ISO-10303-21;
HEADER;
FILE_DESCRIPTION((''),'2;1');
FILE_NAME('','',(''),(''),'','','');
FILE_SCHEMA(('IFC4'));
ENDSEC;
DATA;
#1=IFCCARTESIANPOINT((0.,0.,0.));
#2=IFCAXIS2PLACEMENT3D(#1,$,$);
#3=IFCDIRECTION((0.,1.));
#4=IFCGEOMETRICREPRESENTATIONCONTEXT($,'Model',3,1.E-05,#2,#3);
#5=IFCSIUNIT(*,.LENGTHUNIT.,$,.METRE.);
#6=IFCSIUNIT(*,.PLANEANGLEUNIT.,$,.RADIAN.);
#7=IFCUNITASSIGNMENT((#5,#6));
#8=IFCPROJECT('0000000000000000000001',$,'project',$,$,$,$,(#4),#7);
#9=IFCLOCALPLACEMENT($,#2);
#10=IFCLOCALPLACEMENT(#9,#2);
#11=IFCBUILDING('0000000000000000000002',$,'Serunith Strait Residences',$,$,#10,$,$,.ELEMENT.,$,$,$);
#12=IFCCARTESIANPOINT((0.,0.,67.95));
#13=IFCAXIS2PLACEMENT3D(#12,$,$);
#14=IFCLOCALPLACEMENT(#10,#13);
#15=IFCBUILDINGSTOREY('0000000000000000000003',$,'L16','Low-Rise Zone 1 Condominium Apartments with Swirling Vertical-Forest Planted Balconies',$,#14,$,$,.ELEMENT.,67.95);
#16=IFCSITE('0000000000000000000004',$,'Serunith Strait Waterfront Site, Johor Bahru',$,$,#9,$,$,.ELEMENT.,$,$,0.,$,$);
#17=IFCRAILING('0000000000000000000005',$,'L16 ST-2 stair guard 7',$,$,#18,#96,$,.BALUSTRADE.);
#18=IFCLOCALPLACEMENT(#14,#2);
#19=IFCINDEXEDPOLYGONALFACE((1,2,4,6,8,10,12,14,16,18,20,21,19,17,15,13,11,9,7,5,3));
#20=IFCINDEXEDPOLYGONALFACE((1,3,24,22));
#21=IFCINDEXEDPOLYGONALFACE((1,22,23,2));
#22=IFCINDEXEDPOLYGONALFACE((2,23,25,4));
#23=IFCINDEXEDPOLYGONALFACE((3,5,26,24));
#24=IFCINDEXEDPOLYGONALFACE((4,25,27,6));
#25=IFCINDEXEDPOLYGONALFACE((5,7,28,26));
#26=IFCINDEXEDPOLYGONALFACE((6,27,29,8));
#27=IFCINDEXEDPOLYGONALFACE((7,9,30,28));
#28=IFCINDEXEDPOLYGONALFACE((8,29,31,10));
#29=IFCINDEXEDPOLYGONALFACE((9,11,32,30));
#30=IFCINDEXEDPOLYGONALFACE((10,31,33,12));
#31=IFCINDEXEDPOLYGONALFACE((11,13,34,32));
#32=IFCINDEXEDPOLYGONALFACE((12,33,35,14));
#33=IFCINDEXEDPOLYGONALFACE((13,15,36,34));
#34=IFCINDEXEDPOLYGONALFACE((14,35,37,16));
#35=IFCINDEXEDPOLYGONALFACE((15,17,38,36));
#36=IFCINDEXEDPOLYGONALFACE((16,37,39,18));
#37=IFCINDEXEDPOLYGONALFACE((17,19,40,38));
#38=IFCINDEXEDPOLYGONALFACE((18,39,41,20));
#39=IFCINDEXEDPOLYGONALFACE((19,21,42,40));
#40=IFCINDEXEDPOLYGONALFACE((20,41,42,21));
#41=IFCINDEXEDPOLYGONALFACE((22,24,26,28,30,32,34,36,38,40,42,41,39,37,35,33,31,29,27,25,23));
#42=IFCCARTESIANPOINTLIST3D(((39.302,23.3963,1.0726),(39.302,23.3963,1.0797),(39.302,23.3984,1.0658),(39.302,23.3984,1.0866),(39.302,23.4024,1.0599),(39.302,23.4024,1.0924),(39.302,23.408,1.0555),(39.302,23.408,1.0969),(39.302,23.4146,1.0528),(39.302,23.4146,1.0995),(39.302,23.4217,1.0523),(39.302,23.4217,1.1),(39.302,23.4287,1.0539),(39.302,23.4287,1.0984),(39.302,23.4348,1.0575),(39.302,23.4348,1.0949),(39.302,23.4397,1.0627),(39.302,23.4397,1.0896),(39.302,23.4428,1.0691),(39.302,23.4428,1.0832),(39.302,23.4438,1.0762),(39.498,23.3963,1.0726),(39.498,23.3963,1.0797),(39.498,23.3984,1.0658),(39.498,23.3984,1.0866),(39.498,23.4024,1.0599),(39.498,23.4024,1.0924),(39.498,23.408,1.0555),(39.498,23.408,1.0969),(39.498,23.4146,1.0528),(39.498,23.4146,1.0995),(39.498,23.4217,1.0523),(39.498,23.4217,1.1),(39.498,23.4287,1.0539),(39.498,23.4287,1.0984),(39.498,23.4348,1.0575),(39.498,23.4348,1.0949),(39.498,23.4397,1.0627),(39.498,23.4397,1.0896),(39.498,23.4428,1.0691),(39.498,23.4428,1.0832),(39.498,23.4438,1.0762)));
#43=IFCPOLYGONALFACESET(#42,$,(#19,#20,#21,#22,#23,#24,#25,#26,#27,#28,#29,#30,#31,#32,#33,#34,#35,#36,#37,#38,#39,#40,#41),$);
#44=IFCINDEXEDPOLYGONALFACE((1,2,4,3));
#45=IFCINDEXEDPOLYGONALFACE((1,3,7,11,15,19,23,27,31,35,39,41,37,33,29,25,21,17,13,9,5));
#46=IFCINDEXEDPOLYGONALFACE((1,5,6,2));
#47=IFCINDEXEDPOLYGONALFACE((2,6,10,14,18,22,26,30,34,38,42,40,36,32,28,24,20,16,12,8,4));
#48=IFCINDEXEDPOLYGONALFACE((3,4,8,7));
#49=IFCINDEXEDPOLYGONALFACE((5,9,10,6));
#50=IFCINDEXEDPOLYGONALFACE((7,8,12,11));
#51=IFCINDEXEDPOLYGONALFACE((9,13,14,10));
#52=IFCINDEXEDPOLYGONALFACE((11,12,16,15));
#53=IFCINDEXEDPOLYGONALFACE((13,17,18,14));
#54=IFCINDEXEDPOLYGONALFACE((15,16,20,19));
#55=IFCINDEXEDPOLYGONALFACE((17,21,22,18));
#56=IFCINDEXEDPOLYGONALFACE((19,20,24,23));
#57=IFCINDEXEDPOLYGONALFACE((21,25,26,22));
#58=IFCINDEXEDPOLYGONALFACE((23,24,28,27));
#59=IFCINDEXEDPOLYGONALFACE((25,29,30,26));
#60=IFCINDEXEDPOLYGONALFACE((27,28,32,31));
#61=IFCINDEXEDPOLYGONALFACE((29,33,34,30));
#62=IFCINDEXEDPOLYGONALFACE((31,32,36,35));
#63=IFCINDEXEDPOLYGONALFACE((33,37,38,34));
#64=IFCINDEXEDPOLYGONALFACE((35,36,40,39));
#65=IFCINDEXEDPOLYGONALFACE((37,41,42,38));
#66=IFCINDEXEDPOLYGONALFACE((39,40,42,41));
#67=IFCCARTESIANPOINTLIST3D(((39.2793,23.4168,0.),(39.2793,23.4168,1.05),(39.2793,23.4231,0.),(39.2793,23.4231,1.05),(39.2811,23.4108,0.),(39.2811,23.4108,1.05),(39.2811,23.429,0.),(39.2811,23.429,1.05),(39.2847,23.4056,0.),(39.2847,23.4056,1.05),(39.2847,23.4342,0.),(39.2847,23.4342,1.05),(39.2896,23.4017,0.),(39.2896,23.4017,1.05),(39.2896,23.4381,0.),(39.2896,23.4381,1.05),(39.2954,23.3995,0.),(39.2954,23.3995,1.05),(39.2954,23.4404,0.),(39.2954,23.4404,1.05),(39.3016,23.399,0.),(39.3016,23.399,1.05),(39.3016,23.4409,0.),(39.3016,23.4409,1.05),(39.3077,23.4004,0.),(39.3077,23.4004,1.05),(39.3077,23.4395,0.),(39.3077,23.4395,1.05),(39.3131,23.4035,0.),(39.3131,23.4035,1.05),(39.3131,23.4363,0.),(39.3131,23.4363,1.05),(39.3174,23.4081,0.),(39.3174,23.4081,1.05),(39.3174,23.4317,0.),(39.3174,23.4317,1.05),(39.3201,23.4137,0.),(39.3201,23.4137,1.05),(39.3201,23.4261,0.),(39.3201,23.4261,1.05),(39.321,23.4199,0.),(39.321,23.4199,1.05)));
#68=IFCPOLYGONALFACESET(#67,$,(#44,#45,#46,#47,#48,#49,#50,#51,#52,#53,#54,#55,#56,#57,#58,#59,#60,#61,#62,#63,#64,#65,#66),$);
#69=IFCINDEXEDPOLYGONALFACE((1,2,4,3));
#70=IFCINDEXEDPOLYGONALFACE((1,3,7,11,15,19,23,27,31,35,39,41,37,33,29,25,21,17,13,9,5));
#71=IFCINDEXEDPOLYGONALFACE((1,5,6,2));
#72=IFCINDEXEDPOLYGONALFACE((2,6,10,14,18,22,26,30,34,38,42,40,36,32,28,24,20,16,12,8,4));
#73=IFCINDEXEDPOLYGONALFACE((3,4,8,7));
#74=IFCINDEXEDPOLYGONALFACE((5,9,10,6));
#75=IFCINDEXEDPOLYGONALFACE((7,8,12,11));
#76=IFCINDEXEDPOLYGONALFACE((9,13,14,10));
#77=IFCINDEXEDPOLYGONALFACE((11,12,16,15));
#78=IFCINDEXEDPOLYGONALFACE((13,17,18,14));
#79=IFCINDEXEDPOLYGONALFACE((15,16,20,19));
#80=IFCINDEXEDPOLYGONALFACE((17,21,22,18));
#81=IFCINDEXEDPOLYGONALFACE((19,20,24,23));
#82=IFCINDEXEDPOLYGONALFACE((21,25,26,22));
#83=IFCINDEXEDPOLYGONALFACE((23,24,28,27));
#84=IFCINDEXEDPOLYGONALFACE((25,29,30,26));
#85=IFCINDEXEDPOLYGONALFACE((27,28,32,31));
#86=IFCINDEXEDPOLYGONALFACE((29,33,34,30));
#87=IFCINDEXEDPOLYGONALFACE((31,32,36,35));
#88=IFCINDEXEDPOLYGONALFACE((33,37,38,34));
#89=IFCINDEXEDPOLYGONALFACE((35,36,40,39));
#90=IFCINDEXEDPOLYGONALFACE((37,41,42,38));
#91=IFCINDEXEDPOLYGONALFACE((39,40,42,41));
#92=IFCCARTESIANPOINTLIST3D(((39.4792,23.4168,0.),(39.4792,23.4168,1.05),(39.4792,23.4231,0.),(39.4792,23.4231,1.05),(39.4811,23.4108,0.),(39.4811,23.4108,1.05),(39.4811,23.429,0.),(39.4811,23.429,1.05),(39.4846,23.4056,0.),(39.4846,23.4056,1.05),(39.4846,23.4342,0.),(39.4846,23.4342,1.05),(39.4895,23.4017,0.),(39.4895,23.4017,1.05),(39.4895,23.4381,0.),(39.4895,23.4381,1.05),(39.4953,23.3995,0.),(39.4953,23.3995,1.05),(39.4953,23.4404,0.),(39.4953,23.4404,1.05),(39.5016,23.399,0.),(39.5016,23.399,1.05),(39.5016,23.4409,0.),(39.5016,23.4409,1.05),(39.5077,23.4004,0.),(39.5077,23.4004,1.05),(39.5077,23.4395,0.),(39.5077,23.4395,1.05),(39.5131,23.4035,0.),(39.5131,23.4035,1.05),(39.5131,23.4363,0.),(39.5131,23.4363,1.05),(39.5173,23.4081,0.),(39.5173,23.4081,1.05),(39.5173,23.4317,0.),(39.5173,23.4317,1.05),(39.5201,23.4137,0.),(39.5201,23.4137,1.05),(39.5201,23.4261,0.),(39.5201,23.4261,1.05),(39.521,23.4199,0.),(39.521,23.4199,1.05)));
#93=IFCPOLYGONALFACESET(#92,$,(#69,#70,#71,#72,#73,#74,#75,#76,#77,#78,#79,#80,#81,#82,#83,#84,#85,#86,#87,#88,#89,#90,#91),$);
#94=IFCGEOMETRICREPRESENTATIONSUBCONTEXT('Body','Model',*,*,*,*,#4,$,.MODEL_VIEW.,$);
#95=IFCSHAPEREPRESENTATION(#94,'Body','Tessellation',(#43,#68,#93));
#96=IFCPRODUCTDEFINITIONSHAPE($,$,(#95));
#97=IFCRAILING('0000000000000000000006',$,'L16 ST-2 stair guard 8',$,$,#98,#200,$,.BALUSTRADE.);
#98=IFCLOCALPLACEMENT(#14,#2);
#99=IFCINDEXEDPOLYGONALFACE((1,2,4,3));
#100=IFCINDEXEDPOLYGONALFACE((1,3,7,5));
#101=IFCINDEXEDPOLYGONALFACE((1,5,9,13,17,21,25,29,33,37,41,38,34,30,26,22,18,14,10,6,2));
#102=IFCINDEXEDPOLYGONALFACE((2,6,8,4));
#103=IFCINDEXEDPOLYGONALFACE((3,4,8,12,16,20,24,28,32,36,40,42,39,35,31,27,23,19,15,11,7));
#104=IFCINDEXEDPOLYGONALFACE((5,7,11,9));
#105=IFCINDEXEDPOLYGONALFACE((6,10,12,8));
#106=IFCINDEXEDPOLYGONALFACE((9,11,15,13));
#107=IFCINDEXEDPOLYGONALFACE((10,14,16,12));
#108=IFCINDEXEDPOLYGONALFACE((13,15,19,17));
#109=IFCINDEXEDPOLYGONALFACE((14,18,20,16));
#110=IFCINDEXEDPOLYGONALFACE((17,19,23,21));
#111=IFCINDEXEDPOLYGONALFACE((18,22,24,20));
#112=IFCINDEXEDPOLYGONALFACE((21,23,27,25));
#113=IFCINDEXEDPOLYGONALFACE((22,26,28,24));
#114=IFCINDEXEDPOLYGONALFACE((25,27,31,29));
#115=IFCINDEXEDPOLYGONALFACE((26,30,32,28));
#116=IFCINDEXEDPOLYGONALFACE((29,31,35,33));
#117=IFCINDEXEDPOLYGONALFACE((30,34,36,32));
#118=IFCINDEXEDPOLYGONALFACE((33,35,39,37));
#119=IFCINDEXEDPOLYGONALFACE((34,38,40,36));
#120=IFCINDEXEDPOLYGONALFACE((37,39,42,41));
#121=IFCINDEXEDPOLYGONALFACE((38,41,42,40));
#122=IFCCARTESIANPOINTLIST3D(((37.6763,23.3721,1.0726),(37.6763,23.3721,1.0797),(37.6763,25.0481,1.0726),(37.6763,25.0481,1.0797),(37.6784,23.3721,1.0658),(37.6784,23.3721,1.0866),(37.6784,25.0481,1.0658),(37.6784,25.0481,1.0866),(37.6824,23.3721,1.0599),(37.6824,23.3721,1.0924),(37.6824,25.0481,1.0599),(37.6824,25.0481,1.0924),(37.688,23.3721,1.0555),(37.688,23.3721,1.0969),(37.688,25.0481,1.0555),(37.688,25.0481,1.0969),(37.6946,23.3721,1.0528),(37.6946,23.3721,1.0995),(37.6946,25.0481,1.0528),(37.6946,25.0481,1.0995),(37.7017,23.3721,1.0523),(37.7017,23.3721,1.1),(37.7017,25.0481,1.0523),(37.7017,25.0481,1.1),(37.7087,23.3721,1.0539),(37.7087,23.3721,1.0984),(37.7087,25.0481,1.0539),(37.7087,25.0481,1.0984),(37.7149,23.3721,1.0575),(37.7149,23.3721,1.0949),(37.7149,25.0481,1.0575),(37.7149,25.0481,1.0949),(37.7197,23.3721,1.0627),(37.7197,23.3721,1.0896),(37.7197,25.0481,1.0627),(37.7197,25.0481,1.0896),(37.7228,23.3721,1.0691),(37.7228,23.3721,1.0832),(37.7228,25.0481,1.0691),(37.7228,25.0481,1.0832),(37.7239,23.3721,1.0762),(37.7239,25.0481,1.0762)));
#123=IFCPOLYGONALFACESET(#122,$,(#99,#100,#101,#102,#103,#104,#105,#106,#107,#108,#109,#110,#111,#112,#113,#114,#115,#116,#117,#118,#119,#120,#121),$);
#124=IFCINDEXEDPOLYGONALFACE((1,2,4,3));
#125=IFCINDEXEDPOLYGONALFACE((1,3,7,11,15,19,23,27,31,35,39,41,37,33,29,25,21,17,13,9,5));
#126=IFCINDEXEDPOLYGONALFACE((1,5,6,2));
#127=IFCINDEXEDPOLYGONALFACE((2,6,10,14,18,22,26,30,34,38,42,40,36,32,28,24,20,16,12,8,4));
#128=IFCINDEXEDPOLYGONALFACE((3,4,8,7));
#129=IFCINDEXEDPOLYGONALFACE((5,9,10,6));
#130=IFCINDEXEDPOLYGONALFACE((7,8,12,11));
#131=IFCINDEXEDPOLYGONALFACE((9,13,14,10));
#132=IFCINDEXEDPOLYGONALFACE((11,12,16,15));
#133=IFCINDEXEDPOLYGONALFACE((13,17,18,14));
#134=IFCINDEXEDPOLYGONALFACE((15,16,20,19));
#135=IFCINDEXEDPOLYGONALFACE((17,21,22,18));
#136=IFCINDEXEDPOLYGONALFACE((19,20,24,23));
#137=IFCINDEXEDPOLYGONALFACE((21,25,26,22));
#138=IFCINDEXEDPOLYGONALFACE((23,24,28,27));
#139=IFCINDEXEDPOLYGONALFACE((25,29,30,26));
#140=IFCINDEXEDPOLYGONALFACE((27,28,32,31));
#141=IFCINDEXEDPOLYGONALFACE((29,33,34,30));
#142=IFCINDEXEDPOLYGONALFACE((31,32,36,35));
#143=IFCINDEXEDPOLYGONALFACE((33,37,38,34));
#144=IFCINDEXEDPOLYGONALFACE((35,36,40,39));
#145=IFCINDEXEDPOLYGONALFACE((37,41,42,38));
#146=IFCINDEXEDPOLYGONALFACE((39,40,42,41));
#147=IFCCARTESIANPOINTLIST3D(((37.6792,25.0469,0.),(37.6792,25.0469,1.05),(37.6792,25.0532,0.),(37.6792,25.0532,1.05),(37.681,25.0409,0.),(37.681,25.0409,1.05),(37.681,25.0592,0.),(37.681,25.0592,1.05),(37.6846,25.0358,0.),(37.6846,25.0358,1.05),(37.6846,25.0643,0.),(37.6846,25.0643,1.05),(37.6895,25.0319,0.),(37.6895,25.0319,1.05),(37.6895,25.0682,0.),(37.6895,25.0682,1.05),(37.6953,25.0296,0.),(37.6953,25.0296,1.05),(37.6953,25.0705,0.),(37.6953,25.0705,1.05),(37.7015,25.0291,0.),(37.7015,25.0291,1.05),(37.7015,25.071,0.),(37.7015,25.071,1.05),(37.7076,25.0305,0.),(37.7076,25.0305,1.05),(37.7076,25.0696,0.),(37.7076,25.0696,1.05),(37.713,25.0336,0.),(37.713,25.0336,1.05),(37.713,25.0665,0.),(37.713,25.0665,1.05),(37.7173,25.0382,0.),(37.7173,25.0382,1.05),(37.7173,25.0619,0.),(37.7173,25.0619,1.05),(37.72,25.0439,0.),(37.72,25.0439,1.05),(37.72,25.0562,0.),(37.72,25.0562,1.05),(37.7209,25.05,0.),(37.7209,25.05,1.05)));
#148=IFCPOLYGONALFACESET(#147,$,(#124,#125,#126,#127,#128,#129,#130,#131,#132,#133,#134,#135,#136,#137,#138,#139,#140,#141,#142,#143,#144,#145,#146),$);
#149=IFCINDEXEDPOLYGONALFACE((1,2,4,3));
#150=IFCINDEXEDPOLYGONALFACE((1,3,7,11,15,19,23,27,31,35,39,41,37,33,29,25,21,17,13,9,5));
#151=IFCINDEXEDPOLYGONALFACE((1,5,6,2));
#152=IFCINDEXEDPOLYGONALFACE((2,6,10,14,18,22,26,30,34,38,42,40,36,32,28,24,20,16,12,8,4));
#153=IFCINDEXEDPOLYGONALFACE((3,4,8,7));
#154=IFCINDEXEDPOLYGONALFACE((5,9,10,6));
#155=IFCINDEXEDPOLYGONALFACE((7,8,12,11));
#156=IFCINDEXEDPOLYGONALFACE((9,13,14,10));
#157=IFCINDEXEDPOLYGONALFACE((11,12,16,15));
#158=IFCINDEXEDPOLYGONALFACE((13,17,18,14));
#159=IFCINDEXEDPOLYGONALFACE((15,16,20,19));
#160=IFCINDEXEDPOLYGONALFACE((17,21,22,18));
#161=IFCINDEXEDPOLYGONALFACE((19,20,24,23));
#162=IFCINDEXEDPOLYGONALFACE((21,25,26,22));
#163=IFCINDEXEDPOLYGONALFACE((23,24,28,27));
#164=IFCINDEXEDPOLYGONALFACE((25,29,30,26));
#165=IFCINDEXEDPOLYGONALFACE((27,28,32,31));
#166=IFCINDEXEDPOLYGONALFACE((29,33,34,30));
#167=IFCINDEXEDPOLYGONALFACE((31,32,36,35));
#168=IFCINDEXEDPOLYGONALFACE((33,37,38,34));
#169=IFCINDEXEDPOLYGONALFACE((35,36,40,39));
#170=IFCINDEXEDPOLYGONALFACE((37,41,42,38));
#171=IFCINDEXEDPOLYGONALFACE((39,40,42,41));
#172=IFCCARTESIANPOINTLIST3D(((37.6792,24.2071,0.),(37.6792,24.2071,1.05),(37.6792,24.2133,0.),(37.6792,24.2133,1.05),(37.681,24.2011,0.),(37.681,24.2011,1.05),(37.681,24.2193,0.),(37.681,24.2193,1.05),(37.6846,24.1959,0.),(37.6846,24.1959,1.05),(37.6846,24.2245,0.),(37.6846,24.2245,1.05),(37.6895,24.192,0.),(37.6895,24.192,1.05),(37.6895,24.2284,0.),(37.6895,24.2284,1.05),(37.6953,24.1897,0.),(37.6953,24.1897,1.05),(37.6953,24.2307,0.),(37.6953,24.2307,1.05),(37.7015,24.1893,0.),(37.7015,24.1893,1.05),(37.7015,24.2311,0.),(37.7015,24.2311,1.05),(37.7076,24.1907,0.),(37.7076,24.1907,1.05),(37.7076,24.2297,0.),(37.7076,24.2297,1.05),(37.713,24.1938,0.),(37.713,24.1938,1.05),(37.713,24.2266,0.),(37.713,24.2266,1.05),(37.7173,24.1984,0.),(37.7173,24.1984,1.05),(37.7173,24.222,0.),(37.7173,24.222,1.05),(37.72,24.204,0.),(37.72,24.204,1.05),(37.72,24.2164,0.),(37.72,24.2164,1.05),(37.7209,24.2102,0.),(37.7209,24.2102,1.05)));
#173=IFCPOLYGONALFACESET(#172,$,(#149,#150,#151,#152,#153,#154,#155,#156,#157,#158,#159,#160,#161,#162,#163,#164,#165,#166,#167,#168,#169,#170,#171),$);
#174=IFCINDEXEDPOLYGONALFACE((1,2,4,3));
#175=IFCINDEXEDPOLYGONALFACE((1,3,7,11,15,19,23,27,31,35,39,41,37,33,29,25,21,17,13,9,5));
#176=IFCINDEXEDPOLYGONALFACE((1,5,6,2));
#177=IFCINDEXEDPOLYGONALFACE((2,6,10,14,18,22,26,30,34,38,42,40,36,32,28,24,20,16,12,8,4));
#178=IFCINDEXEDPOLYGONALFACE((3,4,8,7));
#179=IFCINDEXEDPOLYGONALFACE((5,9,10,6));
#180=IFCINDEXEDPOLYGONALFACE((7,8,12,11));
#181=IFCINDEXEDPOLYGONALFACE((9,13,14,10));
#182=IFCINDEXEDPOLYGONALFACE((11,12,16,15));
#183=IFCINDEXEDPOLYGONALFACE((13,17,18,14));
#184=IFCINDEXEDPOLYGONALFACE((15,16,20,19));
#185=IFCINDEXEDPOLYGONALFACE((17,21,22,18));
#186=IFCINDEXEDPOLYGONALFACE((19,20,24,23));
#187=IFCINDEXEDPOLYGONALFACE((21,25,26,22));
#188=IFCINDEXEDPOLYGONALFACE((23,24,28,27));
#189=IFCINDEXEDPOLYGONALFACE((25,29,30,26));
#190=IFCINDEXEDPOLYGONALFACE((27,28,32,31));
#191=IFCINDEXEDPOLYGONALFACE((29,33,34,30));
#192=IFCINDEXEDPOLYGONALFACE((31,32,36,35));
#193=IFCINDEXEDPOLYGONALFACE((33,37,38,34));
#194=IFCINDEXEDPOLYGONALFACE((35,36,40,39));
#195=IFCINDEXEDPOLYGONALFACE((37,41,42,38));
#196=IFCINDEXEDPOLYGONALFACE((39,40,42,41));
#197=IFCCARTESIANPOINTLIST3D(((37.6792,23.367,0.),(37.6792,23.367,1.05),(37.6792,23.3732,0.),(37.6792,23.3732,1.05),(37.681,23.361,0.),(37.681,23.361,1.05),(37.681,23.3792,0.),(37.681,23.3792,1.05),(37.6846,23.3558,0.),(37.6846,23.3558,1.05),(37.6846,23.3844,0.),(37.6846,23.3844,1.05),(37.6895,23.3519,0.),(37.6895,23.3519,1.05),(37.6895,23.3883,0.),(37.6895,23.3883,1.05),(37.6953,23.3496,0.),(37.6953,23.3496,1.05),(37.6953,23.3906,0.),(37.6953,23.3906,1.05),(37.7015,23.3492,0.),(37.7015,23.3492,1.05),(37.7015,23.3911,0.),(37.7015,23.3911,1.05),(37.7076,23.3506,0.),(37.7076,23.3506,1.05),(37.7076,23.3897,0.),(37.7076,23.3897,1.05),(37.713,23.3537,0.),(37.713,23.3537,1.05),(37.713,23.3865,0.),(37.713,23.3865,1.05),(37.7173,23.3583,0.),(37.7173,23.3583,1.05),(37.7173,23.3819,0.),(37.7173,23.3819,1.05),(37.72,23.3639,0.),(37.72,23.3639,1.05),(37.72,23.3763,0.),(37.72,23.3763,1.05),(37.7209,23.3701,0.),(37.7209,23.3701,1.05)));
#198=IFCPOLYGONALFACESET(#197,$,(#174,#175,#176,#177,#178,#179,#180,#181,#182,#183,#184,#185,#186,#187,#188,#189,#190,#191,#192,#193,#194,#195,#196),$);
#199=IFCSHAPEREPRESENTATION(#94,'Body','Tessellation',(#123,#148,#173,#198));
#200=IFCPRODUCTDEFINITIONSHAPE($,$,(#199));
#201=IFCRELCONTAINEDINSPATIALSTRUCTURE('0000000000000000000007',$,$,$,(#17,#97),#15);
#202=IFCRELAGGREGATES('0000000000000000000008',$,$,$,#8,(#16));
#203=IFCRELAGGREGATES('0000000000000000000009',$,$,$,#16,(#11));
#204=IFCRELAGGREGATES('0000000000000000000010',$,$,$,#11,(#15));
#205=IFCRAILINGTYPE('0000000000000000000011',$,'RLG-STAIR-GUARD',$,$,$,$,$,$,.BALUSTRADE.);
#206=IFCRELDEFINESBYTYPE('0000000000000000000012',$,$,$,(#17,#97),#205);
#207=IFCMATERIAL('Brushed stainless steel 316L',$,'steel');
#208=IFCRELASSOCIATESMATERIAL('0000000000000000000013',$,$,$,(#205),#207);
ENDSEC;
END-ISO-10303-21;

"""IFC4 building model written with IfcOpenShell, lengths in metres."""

from ifc_helpers import new_model, si_unit, direction, frame, origin, origin_2d, place, context, subcontext, project, spatial, circle, extrude, material, type_object, element, save


model = new_model("IFC4")

# Units and contexts
model_context = context("Model", 3, precision=1e-05, world=origin(), true_north=direction((0.0, 1.0)))
body_context = subcontext(model_context, "Body", "Model", "MODEL_VIEW")
ifc_project = project(units=[si_unit("LENGTHUNIT", "METRE"), si_unit("PLANEANGLEUNIT", "RADIAN")], contexts=[model_context])

# Site, building, storey
site_placement = place(None, origin())
site = spatial("IfcSite", under=ifc_project, at=site_placement, Name="Serunith Strait Waterfront Site, Johor Bahru", CompositionType="ELEMENT", RefElevation=0.0)
building_placement = place(site_placement, origin())
building = spatial("IfcBuilding", under=site, at=building_placement, Name="Serunith Strait Residences", CompositionType="ELEMENT")
storey_placement = place(building_placement, frame((0.0, 0.0, 67.95)))
storey = spatial("IfcBuildingStorey", under=building, at=storey_placement, Name="L16", Description="Low-Rise Zone 1 Condominium Apartments with Swirling Vertical-Forest Planted Balconies", CompositionType="ELEMENT", Elevation=67.95)

# Railings
ifc_material_1 = material(Name="Brushed stainless steel 316L", Category="steel")
railing_type = type_object("IfcRailingType", Name="RLG-STAIR-GUARD", PredefinedType="BALUSTRADE", material=ifc_material_1)
railing_1_placement = place(storey_placement, frame((39.3, 23.4199, 0.0)))
element("IfcRailing", 1, at=railing_1_placement, inside=storey, type_object=railing_type, Name="L16 ST-2 stair guard 7", PredefinedType="BALUSTRADE", context=body_context, shape_type="SweptSolid", body=[
    extrude(circle(Radius=0.0239, at=origin_2d()), frame((0.002, 0.0, 1.0762), z_axis=(1.0, 0.0, 0.0), x_axis=(0.0, 1.0, 0.0)), (0.0, 0.0, 1.0), 0.196),
    extrude(circle(Radius=0.021, at=origin_2d()), origin(), (0.0, 0.0, 1.0), 1.05),
    extrude(circle(Radius=0.021, at=origin_2d()), frame((0.2, 0.0, 0.0)), (0.0, 0.0, 1.0), 1.05),
])
for number, where, name in (
    (2, (37.7, 25.05, 0.0), "L16 ST-2 stair guard 8"),
):
    element("IfcRailing", number, at=place(storey_placement, frame(where)), inside=storey, type_object=railing_type, Name=name, PredefinedType="BALUSTRADE", context=body_context, shape_type="SweptSolid", body=[
        extrude(circle(Radius=0.0239, at=origin_2d()), frame((0.0, -0.002, 1.0762), z_axis=(0.0, -1.0, 0.0), x_axis=(1.0, 0.0, 0.0)), (0.0, 0.0, 1.0), 1.676),
        extrude(circle(Radius=0.021, at=origin_2d()), origin(), (0.0, 0.0, 1.0), 1.05),
        extrude(circle(Radius=0.021, at=origin_2d()), frame((0.0, -0.8398, 0.0)), (0.0, 0.0, 1.0), 1.05),
        extrude(circle(Radius=0.021, at=origin_2d()), frame((0.0, -1.6799, 0.0)), (0.0, 0.0, 1.0), 1.05),
    ])

save(model, "model.ifc")
